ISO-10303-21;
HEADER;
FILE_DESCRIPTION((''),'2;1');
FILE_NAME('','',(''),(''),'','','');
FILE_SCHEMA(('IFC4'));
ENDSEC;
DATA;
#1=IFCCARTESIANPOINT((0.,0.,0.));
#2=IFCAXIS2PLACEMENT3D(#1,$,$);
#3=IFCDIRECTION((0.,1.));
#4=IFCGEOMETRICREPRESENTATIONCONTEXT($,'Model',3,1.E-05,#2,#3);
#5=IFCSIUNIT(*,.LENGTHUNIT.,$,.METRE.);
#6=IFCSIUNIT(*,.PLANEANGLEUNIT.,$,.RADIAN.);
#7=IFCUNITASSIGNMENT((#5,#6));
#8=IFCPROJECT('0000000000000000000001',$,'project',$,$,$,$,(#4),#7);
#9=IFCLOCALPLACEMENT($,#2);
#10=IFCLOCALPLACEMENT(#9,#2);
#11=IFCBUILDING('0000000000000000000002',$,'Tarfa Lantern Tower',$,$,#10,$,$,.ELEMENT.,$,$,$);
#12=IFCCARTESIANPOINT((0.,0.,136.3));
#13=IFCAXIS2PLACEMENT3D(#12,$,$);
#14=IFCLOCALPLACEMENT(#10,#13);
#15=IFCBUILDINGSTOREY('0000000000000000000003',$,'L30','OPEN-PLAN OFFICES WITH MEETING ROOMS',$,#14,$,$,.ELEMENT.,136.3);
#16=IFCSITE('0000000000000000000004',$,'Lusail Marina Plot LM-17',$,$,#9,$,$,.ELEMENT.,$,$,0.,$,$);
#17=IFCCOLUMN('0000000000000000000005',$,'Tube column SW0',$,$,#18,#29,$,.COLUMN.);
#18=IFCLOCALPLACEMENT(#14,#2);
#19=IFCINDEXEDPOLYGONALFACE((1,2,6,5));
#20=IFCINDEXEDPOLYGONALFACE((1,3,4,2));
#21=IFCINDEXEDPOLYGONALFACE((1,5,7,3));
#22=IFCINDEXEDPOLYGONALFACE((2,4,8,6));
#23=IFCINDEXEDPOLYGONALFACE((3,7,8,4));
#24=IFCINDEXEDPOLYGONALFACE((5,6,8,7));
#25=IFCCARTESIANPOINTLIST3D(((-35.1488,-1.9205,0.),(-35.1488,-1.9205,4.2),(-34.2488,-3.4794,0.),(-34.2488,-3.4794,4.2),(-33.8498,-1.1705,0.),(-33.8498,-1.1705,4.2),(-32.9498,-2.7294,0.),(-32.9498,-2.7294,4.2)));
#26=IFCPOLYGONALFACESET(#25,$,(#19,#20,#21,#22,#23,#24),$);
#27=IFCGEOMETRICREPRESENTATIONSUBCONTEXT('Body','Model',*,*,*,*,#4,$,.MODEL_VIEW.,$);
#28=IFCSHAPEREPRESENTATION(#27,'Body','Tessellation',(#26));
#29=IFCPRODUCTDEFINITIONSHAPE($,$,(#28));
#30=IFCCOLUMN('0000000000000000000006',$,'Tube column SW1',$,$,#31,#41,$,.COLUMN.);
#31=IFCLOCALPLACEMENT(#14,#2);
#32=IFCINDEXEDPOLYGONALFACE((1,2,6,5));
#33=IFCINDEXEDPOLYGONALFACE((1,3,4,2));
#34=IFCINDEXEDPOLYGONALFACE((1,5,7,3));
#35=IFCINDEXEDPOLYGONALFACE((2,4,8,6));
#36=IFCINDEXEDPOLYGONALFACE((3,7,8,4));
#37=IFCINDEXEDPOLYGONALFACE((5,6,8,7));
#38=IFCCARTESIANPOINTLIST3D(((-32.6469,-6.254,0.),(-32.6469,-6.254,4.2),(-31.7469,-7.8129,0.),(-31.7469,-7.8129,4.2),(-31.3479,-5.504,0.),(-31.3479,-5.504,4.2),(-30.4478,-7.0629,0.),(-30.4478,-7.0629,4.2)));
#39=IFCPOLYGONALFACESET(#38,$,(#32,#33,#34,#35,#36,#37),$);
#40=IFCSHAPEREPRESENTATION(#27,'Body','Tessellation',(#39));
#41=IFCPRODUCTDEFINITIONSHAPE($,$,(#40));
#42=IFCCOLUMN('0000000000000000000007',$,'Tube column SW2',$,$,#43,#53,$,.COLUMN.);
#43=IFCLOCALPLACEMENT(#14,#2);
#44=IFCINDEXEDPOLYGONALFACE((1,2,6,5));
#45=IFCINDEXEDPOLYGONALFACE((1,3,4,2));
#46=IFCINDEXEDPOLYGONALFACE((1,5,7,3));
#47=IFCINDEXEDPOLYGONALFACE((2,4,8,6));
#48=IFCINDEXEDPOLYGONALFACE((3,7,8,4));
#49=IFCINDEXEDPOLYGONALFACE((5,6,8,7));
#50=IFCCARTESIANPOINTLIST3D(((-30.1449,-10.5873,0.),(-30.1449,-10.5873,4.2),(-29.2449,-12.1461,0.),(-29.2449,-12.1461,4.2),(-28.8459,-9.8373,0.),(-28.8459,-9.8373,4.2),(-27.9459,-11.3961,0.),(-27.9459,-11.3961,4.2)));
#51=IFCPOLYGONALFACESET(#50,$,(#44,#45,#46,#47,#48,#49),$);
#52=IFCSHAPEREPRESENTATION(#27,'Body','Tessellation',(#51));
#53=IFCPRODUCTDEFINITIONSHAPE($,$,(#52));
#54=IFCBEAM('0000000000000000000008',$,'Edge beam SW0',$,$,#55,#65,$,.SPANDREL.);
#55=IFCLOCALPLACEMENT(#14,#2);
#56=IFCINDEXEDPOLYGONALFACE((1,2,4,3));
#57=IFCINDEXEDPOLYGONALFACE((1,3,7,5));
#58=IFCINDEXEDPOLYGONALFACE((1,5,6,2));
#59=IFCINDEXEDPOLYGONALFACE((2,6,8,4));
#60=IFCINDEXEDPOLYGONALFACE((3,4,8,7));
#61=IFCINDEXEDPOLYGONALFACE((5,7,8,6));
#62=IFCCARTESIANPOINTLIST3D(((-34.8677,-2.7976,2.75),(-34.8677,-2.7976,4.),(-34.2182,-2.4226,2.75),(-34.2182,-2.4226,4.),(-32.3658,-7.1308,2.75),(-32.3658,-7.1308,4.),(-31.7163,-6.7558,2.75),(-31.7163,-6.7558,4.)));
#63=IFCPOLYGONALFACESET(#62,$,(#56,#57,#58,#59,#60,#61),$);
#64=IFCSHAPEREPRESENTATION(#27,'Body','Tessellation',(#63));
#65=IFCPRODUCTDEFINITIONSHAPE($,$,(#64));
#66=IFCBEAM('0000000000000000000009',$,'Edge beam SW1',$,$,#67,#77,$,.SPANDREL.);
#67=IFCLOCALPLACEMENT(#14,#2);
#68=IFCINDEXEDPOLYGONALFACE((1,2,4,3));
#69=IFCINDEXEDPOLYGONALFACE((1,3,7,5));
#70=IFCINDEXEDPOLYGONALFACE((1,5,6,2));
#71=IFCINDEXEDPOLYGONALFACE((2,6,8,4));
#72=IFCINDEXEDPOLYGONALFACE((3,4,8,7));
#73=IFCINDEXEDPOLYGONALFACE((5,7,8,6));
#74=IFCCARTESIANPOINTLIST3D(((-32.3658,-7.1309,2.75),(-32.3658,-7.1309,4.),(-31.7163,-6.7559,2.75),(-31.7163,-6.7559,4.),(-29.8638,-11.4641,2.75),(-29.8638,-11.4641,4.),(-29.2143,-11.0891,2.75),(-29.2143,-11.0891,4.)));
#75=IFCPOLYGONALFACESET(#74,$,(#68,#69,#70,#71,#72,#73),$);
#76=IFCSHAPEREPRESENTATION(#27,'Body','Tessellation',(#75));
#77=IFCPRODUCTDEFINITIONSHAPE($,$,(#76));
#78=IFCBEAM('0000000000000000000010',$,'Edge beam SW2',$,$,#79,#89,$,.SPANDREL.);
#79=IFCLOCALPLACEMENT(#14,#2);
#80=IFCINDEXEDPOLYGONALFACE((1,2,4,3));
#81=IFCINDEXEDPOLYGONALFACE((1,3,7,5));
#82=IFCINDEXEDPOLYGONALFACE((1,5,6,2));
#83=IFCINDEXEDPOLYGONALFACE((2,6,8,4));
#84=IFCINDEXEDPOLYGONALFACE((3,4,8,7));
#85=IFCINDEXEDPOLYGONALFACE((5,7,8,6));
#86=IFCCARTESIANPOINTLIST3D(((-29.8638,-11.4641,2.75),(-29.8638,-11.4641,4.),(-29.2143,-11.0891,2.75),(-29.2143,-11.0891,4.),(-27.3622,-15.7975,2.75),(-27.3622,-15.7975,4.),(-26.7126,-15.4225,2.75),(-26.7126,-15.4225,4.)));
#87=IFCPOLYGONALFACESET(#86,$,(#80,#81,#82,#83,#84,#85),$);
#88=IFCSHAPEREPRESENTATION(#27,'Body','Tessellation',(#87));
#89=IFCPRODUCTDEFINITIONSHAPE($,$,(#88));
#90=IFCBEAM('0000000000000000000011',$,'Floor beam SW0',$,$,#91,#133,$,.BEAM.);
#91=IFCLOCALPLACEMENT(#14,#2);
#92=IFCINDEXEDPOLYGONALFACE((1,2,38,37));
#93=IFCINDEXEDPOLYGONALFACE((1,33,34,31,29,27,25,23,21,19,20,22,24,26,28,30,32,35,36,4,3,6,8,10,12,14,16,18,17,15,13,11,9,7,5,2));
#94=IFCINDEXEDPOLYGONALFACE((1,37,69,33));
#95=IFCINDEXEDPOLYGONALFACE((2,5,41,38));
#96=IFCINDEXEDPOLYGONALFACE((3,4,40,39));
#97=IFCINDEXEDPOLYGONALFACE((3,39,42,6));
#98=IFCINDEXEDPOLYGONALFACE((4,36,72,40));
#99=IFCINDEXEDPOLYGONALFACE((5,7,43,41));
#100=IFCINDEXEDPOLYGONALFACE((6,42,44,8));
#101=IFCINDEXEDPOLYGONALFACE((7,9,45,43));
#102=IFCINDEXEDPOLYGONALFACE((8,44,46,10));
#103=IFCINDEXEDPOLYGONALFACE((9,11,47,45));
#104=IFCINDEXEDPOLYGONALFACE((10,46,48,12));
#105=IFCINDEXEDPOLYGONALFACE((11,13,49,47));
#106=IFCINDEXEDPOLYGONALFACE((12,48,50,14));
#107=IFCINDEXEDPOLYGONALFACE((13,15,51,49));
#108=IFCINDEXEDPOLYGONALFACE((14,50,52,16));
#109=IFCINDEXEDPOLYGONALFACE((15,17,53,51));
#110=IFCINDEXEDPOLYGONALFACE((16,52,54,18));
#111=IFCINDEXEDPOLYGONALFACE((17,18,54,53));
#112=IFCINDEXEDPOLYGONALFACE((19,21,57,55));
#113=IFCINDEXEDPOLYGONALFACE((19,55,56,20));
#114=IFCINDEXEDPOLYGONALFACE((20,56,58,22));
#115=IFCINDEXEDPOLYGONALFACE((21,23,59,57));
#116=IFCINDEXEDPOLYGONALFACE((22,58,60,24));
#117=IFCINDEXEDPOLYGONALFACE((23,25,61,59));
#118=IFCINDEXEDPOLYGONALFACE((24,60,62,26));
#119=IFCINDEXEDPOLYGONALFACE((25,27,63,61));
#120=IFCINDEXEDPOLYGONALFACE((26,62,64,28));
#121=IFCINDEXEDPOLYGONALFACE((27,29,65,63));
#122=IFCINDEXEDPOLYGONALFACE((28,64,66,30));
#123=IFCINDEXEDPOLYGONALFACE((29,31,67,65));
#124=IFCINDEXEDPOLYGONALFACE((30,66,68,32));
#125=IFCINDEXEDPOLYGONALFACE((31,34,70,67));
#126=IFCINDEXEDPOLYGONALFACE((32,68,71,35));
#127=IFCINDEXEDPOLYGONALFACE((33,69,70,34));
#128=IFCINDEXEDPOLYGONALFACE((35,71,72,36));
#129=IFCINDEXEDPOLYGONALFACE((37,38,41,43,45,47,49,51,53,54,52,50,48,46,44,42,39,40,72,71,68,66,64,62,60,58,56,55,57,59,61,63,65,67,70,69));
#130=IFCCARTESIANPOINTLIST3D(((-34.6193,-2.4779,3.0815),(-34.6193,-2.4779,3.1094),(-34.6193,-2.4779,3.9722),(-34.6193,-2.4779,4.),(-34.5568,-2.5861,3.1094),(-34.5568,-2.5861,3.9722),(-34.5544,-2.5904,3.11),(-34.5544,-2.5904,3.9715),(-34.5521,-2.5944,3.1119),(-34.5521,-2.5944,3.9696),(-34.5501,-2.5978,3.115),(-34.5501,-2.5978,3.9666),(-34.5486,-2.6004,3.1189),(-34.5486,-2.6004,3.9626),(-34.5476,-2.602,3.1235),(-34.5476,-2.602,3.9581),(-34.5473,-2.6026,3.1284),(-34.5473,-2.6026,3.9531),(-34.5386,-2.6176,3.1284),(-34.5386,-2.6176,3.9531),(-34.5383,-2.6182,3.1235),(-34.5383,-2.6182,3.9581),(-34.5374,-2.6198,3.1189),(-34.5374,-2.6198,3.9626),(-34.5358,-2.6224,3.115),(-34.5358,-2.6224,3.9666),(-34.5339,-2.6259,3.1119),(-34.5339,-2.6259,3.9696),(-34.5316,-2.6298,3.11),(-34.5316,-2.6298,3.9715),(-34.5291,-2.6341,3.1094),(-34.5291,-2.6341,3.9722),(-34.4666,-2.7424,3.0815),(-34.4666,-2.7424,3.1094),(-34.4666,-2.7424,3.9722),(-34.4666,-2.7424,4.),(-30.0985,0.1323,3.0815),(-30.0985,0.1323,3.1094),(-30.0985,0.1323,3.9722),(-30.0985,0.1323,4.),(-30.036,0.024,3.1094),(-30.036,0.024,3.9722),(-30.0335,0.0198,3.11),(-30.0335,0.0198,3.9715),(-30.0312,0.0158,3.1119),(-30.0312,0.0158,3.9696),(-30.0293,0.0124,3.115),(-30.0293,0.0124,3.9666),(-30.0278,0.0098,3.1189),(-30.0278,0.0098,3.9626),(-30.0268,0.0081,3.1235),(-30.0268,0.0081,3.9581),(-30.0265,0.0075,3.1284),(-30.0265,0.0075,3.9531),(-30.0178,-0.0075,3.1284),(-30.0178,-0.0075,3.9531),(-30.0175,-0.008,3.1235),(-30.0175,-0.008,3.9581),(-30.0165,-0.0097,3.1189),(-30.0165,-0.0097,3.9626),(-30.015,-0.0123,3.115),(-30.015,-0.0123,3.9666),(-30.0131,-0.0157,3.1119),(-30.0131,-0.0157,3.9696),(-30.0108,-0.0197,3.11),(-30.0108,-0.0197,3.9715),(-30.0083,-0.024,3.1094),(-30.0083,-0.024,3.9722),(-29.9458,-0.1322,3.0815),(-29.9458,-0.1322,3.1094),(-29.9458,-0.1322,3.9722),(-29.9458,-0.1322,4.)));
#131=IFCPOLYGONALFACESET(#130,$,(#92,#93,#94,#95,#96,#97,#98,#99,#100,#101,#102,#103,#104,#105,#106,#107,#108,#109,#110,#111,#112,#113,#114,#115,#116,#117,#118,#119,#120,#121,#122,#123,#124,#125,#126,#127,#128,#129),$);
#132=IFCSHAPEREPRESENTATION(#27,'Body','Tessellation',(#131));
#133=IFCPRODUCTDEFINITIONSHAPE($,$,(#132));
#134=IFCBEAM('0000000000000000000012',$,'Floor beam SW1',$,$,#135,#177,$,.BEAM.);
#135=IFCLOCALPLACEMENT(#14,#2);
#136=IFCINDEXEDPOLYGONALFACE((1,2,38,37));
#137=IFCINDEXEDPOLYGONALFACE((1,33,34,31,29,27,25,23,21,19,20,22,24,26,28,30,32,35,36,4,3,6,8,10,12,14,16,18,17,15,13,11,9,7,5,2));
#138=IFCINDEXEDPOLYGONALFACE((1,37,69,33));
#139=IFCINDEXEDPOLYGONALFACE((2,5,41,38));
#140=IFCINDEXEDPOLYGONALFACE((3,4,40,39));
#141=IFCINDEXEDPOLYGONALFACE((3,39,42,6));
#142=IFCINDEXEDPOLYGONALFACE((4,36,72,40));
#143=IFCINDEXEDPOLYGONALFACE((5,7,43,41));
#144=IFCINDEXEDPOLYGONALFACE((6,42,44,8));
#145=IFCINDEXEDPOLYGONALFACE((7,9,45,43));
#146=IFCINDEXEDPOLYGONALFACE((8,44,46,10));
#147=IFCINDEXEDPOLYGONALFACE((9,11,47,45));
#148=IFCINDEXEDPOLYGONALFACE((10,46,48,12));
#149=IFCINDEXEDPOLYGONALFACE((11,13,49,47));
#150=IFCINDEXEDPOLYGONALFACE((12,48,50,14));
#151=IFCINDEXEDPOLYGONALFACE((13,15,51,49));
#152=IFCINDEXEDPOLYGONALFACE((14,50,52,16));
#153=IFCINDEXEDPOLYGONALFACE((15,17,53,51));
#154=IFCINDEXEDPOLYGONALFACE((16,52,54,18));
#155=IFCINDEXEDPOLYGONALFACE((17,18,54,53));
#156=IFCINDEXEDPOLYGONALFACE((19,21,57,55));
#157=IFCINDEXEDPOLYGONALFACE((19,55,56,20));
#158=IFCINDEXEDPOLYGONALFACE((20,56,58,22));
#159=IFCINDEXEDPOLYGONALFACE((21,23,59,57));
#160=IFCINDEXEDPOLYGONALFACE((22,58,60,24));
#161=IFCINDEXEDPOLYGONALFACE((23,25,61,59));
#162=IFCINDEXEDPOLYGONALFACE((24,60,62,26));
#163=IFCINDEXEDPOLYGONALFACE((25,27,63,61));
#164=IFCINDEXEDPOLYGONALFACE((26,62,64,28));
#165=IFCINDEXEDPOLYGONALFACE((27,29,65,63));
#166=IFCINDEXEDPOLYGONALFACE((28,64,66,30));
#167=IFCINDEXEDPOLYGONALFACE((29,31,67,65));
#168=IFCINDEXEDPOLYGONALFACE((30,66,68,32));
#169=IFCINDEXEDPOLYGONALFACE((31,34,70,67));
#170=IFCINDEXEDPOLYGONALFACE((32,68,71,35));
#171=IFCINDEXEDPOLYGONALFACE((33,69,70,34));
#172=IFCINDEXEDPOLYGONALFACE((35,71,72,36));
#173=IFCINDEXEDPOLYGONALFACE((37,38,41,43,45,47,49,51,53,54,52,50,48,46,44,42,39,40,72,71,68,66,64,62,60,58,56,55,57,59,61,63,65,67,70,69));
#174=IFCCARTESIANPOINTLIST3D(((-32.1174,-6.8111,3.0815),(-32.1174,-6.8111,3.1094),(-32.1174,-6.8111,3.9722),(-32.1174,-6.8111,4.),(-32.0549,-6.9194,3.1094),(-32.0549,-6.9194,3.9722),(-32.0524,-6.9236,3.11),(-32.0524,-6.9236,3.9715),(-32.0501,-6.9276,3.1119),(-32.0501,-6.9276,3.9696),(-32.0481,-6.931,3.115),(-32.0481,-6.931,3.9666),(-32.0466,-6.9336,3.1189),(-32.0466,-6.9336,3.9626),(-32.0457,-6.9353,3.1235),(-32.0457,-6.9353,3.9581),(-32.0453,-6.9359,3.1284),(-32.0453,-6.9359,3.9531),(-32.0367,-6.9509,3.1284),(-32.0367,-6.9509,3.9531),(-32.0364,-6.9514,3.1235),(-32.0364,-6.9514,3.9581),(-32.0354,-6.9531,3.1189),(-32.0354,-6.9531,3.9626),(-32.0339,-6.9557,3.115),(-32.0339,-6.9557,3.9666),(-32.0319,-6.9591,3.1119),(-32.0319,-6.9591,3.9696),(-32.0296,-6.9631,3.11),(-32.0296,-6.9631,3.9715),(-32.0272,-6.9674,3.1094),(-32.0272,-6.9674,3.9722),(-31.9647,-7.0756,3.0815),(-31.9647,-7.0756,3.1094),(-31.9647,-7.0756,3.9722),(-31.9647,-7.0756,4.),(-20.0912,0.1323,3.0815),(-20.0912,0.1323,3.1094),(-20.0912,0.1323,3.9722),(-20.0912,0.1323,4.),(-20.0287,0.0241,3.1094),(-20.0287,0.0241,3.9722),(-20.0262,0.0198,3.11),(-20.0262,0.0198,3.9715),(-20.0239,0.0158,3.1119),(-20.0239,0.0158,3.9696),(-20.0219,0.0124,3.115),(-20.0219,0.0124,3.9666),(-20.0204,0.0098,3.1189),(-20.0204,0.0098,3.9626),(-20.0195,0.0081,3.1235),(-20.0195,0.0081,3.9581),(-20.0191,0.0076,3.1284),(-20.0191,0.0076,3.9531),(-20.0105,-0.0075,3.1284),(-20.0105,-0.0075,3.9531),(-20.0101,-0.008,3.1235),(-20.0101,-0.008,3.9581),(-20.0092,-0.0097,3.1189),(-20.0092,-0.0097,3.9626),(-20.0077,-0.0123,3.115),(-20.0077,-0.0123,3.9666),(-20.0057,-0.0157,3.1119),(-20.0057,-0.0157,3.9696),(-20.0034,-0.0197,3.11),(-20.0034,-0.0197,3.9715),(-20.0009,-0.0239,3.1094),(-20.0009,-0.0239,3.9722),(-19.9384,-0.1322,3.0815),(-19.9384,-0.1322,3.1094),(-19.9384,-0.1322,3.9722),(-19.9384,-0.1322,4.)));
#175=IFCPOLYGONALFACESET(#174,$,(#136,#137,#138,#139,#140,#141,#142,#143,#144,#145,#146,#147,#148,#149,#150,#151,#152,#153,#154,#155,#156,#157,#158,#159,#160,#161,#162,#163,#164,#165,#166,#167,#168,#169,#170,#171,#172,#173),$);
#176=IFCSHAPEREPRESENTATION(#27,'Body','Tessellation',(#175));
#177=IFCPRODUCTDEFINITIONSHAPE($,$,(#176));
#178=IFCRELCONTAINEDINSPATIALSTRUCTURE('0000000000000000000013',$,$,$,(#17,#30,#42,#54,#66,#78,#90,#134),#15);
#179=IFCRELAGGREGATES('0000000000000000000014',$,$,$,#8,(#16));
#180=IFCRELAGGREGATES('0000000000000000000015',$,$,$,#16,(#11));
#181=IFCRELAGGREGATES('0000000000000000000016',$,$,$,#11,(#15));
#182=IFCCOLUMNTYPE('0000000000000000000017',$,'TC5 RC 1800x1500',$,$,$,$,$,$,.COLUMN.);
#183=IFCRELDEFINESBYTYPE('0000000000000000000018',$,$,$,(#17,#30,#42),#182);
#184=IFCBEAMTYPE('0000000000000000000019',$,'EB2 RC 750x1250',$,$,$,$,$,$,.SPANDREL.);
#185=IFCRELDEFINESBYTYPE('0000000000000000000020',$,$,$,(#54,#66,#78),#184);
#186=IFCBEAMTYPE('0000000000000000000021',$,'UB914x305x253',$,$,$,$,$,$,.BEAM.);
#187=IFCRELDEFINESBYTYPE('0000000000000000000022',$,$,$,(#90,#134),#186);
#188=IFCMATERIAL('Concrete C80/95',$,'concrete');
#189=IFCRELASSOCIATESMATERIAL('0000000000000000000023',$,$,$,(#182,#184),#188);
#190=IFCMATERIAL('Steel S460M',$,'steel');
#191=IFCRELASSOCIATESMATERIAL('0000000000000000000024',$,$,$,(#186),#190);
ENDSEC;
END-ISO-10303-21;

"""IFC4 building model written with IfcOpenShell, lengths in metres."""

from ifc_helpers import new_model, si_unit, direction, frame, origin, origin_2d, place, context, subcontext, project, spatial, rectangle, i_section, extrude, material, material_profile, profile_set, type_object, element, save


model = new_model("IFC4")

# Units and contexts
model_context = context("Model", 3, precision=1e-05, world=origin(), true_north=direction((0.0, 1.0)))
body_context = subcontext(model_context, "Body", "Model", "MODEL_VIEW")
ifc_project = project(units=[si_unit("LENGTHUNIT", "METRE"), si_unit("PLANEANGLEUNIT", "RADIAN")], contexts=[model_context])

# Site, building, storey
site_placement = place(None, origin())
site = spatial("IfcSite", under=ifc_project, at=site_placement, Name="Lusail Marina Plot LM-17", CompositionType="ELEMENT", RefElevation=0.0)
building_placement = place(site_placement, origin())
building = spatial("IfcBuilding", under=site, at=building_placement, Name="Tarfa Lantern Tower", CompositionType="ELEMENT")
storey_placement = place(building_placement, frame((0.0, 0.0, 136.3)))
storey = spatial("IfcBuildingStorey", under=building, at=storey_placement, Name="L30", Description="OPEN-PLAN OFFICES WITH MEETING ROOMS", CompositionType="ELEMENT", Elevation=136.3)

# Columns
ifc_material_1 = material(Name="Concrete C80/95", Category="concrete")
ifc_material_profile_1 = material_profile(ifc_material_1, rectangle(XDim=1.8, YDim=1.5, at=origin_2d()), Name="RC 1800x1500")
ifc_profile_set_1 = profile_set([ifc_material_profile_1], Name="Concrete C80/95")
column_type = type_object("IfcColumnType", Name="TC5 RC 1800x1500", PredefinedType="COLUMN", material=ifc_profile_set_1)
for number, where, z_axis, x_axis, name in (
    (1, (-34.0493, -2.325, 0.0), (0.0, 0.0, 1.0), (0.5, -0.866025, 0.0), "Tube column SW0"),
    (2, (-31.5474, -6.6584, 0.0), (0.0, 0.0, 1.0), (0.5, -0.866025, 0.0), "Tube column SW1"),
    (3, (-29.0454, -10.9917, 0.0), (0.0, 0.0, 1.0), (0.5, -0.866025, 0.0), "Tube column SW2"),
):
    element("IfcColumn", number, at=place(storey_placement, frame(where, z_axis=z_axis, x_axis=x_axis)), inside=storey, type_object=column_type, Name=name, PredefinedType="COLUMN", context=body_context, shape_type="SweptSolid", body=[
        extrude(rectangle(XDim=1.8, YDim=1.5, at=origin_2d()), origin(), (0.0, 0.0, 1.0), 4.2),
    ])

# Beams
ifc_material_profile_2 = material_profile(ifc_material_1, rectangle(XDim=0.75, YDim=1.25, at=origin_2d()), Name="RC 750x1250")
ifc_profile_set_2 = profile_set([ifc_material_profile_2], Name="Concrete C80/95")
beam_type_1 = type_object("IfcBeamType", Name="EB2 RC 750x1250", PredefinedType="SPANDREL", material=ifc_profile_set_2)
for number, where, z_axis, x_axis, name in (
    (4, (-34.543, -2.6101, 3.375), (0.500022, -0.866013, 0.0), (0.866013, 0.500022, 0.0), "Edge beam SW0"),
    (5, (-32.041, -6.9434, 3.375), (0.500022, -0.866013, 0.0), (0.866013, 0.500022, 0.0), "Edge beam SW1"),
    (6, (-29.5391, -11.2766, 3.375), (0.499965, -0.866046, 0.0), (0.866046, 0.499965, 0.0), "Edge beam SW2"),
):
    element("IfcBeam", number, at=place(storey_placement, frame(where, z_axis=z_axis, x_axis=x_axis)), inside=storey, type_object=beam_type_1, Name=name, PredefinedType="SPANDREL", context=body_context, shape_type="SweptSolid", body=[
        extrude(rectangle(XDim=0.75, YDim=1.25, at=origin_2d()), origin(), (0.0, 0.0, 1.0), 5.0037),
    ])
ifc_material_2 = material(Name="Steel S460M", Category="steel")
ifc_material_profile_3 = material_profile(ifc_material_2, i_section(OverallWidth=0.3054, OverallDepth=0.9185, WebThickness=0.0173, FlangeThickness=0.0278, FilletRadius=0.019, at=origin_2d()), Name="UB914x305x253")
ifc_profile_set_3 = profile_set([ifc_material_profile_3], Name="Steel S460M")
beam_type_2 = type_object("IfcBeamType", Name="UB914x305x253", PredefinedType="BEAM", material=ifc_profile_set_3)
beam_1_placement = place(storey_placement, frame((-34.543, -2.6101, 3.5408), z_axis=(0.866021, 0.500007, 0.0), x_axis=(-0.500007, 0.866021, 0.0)))
element("IfcBeam", 7, at=beam_1_placement, inside=storey, type_object=beam_type_2, Name="Floor beam SW0", PredefinedType="BEAM", context=body_context, shape_type="SweptSolid", body=[
    extrude(i_section(OverallWidth=0.3054, OverallDepth=0.9185, WebThickness=0.0173, FlangeThickness=0.0278, FilletRadius=0.019, at=origin_2d()), origin(), (0.0, 0.0, 1.0), 5.2202),
])
beam_2_placement = place(storey_placement, frame((-32.041, -6.9434, 3.5408), z_axis=(0.866023, 0.500004, 0.0), x_axis=(-0.500004, 0.866023, 0.0)))
element("IfcBeam", 8, at=beam_2_placement, inside=storey, type_object=beam_type_2, Name="Floor beam SW1", PredefinedType="BEAM", context=body_context, shape_type="SweptSolid", body=[
    extrude(i_section(OverallWidth=0.3054, OverallDepth=0.9185, WebThickness=0.0173, FlangeThickness=0.0278, FilletRadius=0.019, at=origin_2d()), origin(), (0.0, 0.0, 1.0), 13.8867),
])

save(model, "model.ifc")
